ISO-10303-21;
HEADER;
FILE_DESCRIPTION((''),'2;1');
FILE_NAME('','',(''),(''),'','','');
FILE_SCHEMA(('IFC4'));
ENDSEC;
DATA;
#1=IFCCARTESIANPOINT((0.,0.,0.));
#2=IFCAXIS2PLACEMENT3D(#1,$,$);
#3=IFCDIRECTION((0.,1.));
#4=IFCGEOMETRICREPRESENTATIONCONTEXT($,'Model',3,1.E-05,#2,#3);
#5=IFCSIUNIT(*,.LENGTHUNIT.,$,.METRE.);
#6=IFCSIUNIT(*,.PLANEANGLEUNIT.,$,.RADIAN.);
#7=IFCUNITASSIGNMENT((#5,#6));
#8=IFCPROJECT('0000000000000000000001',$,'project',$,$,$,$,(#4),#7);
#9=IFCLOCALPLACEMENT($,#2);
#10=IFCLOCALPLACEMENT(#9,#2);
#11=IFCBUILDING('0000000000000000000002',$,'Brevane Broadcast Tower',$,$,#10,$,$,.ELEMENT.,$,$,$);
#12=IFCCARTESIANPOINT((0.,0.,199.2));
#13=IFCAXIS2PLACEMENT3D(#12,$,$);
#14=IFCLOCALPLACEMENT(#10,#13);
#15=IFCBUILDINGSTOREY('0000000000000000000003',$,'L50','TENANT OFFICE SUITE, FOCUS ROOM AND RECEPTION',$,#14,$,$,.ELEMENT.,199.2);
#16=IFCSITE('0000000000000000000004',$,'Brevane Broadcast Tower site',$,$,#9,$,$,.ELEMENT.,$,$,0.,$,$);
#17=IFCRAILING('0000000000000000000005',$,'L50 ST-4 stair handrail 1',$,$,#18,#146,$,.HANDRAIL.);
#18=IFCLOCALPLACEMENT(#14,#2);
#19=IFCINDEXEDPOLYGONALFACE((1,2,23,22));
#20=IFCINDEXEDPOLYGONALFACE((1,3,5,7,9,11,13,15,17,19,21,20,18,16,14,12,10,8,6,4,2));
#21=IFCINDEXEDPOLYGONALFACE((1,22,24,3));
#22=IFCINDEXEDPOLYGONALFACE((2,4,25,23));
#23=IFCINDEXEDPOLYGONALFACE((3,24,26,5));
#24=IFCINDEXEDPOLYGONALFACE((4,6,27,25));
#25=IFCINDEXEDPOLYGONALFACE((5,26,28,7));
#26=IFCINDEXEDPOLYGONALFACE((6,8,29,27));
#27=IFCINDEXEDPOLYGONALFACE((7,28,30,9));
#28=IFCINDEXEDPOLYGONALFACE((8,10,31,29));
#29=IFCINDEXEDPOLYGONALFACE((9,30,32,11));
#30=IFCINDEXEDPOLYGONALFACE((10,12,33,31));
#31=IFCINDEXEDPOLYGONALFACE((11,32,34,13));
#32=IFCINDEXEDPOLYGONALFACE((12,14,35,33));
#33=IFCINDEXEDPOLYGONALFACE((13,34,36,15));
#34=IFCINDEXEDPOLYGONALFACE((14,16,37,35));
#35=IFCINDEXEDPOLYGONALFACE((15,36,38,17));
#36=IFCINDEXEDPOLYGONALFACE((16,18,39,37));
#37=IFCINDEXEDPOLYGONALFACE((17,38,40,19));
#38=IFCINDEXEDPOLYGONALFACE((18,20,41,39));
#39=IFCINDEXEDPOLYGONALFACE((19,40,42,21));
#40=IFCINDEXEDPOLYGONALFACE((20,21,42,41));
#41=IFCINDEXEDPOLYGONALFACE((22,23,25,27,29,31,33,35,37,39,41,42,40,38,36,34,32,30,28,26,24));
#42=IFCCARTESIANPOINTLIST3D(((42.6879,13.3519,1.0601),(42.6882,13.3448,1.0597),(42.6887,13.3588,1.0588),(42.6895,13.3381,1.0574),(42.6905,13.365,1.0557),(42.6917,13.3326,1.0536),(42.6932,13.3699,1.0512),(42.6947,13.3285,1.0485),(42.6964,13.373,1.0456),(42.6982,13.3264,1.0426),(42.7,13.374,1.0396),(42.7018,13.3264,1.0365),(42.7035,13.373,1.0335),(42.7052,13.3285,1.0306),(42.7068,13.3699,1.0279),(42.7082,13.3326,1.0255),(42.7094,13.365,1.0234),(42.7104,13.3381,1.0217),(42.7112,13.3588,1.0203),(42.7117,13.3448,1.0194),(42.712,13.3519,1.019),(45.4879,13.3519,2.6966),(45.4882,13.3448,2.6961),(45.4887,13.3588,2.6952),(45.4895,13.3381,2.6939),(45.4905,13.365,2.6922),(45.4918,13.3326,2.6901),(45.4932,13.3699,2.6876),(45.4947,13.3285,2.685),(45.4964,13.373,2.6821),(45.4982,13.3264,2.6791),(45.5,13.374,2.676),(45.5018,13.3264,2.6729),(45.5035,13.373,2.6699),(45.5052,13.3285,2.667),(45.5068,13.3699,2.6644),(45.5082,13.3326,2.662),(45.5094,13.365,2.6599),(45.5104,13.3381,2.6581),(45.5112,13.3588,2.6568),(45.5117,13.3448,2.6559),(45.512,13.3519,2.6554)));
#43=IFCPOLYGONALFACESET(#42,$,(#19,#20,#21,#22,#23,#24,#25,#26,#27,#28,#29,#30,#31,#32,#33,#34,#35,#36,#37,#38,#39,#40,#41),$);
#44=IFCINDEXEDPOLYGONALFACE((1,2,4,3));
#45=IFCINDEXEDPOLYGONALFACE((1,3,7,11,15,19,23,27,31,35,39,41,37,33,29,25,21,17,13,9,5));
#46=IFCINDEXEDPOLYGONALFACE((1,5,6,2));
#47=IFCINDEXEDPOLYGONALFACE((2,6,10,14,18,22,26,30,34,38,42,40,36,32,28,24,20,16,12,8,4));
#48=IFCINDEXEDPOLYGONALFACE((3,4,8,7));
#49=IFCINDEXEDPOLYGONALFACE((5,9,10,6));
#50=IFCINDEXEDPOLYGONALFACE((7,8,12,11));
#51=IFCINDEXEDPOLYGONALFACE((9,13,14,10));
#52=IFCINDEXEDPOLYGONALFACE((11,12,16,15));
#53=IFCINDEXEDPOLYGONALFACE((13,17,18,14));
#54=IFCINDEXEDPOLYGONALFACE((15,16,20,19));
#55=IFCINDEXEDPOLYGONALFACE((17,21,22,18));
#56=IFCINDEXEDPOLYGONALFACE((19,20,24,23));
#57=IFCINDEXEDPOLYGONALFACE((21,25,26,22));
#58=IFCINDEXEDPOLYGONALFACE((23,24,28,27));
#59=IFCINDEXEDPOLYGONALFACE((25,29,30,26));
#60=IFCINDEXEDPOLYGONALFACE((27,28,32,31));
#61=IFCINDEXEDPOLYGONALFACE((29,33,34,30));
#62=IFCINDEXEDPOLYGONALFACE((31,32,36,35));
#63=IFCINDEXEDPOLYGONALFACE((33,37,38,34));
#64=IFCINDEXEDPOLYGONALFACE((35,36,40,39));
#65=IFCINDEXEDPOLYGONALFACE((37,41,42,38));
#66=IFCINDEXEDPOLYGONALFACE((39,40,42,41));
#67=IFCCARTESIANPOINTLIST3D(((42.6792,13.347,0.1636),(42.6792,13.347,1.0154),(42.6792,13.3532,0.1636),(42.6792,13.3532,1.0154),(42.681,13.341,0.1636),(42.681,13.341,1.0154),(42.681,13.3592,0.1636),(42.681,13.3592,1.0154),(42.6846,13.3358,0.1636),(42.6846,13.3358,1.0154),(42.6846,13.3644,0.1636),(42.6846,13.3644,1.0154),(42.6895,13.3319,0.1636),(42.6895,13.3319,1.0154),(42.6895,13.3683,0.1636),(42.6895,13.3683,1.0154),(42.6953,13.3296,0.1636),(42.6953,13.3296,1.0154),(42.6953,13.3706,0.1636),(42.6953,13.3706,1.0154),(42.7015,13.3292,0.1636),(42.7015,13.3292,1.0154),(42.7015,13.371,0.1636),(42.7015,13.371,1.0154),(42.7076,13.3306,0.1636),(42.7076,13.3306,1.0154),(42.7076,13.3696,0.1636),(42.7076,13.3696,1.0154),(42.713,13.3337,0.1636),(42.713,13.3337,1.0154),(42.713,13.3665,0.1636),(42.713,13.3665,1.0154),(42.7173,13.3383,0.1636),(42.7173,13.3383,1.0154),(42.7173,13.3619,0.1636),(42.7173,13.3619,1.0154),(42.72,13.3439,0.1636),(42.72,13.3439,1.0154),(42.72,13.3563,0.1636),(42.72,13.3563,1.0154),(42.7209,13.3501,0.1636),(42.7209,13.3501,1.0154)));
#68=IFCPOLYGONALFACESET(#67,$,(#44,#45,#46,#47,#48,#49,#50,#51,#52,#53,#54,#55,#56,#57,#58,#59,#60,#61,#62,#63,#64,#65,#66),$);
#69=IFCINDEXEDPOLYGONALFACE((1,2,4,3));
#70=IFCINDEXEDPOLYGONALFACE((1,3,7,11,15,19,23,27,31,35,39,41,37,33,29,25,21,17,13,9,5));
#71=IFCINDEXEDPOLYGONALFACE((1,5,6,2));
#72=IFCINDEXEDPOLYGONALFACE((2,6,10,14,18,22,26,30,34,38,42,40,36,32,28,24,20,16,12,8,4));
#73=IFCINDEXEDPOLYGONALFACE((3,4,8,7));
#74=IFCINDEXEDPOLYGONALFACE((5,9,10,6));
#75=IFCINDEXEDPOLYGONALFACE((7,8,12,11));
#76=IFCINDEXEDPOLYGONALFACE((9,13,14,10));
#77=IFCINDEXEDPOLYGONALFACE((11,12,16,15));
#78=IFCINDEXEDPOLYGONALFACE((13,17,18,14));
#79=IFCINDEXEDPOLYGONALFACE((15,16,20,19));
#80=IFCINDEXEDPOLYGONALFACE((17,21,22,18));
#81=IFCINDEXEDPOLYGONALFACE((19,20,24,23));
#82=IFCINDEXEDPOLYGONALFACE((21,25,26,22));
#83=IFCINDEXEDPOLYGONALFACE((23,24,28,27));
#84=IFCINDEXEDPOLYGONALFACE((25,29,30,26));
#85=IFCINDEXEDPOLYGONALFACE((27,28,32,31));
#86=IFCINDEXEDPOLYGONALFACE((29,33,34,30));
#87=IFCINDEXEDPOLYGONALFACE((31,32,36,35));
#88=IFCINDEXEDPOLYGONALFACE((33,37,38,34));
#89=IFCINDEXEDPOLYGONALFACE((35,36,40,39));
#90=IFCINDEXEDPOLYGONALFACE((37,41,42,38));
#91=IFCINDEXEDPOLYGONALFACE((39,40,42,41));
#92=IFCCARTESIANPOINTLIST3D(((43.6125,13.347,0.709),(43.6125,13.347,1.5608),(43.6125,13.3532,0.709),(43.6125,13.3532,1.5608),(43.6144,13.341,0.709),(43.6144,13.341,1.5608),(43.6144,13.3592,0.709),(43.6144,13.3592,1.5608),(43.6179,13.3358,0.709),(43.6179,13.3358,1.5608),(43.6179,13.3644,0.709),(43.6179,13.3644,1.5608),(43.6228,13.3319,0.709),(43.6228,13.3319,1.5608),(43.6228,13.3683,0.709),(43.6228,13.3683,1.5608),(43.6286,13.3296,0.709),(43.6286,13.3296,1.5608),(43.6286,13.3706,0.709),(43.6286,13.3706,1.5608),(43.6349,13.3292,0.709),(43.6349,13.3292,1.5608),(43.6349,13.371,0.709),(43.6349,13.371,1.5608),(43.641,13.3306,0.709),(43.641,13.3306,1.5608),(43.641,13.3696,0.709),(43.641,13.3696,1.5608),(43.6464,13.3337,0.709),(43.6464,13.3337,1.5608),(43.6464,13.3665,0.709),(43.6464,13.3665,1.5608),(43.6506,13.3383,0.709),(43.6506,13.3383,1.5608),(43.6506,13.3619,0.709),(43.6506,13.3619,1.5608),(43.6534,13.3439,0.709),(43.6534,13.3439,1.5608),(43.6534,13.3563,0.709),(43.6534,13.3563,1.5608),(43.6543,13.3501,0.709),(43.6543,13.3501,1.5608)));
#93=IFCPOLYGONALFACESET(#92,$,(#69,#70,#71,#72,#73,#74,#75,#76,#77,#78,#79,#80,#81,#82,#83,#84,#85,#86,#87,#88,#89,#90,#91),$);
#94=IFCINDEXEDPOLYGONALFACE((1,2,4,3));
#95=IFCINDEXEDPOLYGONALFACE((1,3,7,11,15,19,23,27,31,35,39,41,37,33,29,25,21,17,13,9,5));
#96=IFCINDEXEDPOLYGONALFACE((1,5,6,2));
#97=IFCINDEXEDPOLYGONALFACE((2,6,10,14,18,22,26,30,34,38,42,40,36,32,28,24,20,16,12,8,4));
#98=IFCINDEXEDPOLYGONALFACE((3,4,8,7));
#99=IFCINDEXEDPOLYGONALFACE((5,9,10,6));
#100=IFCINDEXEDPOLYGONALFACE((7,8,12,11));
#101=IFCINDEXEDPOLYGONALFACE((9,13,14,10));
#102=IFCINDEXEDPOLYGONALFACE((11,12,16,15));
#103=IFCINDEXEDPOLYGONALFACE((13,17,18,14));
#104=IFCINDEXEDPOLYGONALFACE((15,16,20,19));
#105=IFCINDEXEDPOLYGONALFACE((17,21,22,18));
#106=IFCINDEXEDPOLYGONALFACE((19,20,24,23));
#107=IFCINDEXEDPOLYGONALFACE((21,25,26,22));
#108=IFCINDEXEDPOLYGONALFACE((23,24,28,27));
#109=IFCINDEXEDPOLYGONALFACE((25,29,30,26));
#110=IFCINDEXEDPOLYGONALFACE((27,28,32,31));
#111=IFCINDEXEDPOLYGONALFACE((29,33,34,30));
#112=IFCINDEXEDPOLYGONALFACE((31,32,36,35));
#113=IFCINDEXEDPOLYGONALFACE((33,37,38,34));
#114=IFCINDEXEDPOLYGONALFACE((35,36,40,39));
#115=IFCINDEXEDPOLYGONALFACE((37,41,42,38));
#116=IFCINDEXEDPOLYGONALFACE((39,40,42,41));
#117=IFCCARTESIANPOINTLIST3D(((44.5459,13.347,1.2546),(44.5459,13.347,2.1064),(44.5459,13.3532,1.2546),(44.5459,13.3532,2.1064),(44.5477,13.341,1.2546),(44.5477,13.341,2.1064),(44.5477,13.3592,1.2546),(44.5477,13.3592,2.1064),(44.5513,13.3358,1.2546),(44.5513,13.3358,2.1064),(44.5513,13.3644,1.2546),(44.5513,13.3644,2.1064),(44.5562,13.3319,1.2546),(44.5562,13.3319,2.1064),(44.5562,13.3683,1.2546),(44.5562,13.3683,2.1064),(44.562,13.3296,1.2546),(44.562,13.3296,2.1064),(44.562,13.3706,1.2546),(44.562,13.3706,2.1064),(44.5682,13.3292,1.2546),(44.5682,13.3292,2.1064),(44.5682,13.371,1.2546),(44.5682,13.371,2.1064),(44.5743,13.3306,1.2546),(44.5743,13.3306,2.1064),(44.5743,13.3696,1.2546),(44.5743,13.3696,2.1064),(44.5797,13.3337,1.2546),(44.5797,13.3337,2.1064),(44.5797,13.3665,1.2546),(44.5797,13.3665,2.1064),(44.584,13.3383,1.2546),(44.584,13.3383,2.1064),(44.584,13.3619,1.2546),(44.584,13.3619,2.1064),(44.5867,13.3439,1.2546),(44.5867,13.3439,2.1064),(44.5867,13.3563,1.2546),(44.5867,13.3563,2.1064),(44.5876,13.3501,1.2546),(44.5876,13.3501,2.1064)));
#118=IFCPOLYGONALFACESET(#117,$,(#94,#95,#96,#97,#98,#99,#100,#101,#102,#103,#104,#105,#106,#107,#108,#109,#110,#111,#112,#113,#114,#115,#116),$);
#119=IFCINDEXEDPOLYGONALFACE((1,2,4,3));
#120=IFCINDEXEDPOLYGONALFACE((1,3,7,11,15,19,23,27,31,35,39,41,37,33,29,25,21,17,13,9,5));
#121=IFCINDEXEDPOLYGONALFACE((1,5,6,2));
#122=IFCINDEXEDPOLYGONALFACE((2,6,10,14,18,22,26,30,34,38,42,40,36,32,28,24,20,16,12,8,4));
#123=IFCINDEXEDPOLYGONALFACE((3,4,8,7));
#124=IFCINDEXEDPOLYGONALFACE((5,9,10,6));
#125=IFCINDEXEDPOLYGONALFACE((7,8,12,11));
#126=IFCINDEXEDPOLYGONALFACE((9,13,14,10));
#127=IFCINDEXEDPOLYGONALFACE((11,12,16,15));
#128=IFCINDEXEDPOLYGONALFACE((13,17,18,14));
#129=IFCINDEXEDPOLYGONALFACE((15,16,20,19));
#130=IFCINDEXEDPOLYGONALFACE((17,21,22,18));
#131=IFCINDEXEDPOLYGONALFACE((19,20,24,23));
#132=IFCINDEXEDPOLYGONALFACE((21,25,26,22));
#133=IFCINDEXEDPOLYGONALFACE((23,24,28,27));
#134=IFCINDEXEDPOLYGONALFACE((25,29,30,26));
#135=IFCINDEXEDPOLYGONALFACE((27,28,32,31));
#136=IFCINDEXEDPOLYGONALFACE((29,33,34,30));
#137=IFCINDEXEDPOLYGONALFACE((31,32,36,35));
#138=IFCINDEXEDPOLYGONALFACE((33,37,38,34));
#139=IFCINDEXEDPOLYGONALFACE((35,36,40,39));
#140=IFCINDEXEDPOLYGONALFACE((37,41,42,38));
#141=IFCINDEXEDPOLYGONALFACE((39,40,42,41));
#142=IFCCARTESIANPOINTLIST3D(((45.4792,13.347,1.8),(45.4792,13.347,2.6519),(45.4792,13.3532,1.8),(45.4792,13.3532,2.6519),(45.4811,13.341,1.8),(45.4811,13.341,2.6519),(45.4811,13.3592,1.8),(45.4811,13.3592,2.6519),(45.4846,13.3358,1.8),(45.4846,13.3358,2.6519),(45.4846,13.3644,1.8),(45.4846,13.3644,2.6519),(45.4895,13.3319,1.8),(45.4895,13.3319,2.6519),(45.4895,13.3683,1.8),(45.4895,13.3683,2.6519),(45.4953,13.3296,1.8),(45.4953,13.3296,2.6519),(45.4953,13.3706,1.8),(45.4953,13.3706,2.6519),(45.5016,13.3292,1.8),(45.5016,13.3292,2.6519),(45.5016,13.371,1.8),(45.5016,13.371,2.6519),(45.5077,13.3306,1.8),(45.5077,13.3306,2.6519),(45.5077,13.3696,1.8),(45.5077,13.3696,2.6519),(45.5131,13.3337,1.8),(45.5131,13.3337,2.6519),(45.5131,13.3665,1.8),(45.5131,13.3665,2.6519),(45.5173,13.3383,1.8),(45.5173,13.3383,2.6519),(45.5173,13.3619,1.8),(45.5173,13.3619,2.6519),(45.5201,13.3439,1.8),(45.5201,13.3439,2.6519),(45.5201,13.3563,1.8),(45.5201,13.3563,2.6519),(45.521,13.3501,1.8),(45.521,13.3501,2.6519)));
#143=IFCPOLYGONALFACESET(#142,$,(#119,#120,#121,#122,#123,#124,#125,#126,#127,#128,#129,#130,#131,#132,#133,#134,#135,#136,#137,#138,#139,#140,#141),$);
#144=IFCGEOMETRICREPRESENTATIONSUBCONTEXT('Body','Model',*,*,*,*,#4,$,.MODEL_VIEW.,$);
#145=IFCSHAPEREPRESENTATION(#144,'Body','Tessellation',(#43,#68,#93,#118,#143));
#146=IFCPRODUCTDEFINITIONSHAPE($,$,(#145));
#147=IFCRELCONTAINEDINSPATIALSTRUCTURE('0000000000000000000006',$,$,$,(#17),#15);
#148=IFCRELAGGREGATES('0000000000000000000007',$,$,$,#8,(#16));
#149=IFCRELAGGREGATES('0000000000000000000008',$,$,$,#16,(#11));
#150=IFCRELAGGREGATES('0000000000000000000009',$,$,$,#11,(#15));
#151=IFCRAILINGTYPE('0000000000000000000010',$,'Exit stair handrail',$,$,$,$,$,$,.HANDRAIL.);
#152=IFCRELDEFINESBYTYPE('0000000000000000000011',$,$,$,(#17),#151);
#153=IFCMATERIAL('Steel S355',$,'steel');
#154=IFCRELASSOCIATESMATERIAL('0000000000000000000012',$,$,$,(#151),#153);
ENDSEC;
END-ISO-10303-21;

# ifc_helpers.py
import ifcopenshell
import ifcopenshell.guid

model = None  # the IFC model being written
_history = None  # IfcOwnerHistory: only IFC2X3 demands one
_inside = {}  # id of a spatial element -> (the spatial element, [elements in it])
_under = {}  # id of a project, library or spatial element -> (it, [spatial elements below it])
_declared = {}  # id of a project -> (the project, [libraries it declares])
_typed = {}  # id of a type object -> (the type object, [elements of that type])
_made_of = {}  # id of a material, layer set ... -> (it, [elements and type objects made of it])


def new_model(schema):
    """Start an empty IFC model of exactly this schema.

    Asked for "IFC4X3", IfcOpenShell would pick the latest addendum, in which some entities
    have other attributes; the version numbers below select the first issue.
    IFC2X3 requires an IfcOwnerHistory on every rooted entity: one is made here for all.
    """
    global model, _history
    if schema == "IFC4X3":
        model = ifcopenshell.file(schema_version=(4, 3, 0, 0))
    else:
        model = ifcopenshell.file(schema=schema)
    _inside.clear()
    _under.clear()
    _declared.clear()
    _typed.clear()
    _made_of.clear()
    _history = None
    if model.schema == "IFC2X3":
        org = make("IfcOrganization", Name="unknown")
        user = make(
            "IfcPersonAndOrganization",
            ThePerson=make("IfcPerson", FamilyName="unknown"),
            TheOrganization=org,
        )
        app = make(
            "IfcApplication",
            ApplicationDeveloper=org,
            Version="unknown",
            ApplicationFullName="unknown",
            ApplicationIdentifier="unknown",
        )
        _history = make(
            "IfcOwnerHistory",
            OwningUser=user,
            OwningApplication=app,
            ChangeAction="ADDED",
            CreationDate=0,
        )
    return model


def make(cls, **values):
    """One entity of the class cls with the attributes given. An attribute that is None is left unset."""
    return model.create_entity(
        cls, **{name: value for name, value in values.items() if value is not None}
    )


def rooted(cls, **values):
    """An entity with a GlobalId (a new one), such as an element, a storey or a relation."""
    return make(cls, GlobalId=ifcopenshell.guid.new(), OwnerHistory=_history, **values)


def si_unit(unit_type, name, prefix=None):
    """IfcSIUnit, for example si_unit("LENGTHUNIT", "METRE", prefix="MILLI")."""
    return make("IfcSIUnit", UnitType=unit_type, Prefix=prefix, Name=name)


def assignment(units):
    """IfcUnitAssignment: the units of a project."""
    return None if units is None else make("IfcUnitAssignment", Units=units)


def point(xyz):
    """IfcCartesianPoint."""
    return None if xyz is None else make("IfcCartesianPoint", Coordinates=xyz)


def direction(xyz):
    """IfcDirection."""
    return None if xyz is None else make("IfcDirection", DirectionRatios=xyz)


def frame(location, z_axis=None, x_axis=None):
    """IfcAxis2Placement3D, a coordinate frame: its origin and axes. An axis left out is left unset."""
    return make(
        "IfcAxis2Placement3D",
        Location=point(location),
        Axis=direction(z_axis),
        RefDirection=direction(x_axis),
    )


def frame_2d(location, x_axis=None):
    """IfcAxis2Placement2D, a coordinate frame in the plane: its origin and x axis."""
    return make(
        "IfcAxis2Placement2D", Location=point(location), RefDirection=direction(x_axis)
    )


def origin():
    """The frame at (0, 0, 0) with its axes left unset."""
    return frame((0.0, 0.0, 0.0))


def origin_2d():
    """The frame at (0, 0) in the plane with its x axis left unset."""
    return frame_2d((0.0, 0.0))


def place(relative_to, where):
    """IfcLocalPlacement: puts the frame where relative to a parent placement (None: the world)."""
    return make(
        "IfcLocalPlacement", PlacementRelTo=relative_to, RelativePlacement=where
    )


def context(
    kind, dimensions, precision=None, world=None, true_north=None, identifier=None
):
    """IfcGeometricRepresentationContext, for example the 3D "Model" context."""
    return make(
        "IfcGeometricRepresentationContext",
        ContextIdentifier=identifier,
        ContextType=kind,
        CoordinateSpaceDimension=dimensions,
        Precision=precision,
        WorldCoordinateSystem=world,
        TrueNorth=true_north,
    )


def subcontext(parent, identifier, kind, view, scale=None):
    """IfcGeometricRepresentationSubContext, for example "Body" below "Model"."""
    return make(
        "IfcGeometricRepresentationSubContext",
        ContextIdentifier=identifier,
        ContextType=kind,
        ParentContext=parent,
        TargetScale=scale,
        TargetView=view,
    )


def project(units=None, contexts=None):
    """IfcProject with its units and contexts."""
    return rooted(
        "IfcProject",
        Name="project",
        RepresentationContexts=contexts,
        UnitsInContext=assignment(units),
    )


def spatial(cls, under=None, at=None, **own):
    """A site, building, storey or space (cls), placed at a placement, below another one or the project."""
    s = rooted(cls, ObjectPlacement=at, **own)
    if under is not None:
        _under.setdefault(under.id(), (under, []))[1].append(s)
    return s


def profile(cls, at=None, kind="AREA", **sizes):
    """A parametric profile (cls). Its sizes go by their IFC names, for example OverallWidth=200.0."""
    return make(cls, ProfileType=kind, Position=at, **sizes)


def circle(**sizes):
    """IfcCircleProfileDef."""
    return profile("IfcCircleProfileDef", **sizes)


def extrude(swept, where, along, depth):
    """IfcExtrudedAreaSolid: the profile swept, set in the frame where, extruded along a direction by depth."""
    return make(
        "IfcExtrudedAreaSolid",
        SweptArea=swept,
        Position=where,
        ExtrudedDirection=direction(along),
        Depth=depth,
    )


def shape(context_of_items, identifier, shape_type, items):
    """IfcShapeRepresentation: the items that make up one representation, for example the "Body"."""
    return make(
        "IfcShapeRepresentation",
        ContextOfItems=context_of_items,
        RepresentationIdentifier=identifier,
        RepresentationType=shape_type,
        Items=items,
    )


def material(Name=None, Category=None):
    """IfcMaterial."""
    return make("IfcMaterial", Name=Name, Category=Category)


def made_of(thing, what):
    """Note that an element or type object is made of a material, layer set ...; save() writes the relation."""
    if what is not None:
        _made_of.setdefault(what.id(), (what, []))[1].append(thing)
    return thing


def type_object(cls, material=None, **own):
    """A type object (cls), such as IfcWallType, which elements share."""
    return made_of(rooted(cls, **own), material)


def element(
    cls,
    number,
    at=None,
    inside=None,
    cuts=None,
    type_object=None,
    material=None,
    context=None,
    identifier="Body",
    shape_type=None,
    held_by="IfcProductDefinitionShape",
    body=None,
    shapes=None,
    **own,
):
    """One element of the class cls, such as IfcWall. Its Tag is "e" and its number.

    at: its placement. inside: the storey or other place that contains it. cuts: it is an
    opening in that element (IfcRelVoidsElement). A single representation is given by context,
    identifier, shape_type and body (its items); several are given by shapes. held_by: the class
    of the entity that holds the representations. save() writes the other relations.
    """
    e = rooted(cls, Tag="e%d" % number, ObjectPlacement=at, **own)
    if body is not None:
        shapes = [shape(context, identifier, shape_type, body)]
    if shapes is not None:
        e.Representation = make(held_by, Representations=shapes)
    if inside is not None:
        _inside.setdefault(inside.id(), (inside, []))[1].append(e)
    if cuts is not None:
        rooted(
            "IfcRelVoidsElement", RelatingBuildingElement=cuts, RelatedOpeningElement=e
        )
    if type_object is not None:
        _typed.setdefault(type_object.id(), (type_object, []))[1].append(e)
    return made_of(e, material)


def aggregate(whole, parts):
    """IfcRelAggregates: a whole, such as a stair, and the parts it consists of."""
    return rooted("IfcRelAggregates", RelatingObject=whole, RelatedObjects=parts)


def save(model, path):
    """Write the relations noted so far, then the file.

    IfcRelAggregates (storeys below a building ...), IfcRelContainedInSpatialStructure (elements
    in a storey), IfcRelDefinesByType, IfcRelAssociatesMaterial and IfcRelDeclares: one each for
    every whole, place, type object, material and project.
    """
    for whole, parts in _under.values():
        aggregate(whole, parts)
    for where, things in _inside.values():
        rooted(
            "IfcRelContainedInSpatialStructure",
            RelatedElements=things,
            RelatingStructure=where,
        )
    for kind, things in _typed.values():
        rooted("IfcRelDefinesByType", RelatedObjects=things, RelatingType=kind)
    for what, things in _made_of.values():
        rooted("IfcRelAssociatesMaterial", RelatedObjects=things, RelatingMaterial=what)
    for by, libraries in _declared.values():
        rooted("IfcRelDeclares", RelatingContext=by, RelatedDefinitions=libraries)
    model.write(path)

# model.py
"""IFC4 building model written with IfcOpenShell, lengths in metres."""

from ifc_helpers import new_model, si_unit, direction, frame, origin, origin_2d, place, context, subcontext, project, spatial, circle, extrude, material, type_object, element, save


model = new_model("IFC4")

# Units and contexts
model_context = context("Model", 3, precision=1e-05, world=origin(), true_north=direction((0.0, 1.0)))
body_context = subcontext(model_context, "Body", "Model", "MODEL_VIEW")
ifc_project = project(units=[si_unit("LENGTHUNIT", "METRE"), si_unit("PLANEANGLEUNIT", "RADIAN")], contexts=[model_context])

# Site, building, storey
site_placement = place(None, origin())
site = spatial("IfcSite", under=ifc_project, at=site_placement, Name="Brevane Broadcast Tower site", CompositionType="ELEMENT", RefElevation=0.0)
building_placement = place(site_placement, origin())
building = spatial("IfcBuilding", under=site, at=building_placement, Name="Brevane Broadcast Tower", CompositionType="ELEMENT")
storey_placement = place(building_placement, frame((0.0, 0.0, 199.2)))
storey = spatial("IfcBuildingStorey", under=building, at=storey_placement, Name="L50", Description="TENANT OFFICE SUITE, FOCUS ROOM AND RECEPTION", CompositionType="ELEMENT", Elevation=199.2)

# Railing
ifc_material_1 = material(Name="Steel S355", Category="steel")
railing_type_1 = type_object("IfcRailingType", Name="Exit stair handrail", PredefinedType="HANDRAIL", material=ifc_material_1)
railing_1_placement = place(storey_placement, frame((42.7, 13.3501, 0.1636)))
element("IfcRailing", 1, at=railing_1_placement, inside=storey, type_object=railing_type_1, Name="L50 ST-4 stair handrail 1", PredefinedType="HANDRAIL", context=body_context, shape_type="SweptSolid", body=[
    extrude(circle(Radius=0.0239, at=origin_2d()), frame((0.0, 0.0, 0.876), z_axis=(0.863361, 0.0, 0.504587), x_axis=(0.0, 1.0, 0.0)), (0.0, 0.0, 1.0), 3.2432),
    extrude(circle(Radius=0.021, at=origin_2d()), origin(), (0.0, 0.0, 1.0), 0.8518),
    extrude(circle(Radius=0.021, at=origin_2d()), frame((0.9333, 0.0, 0.5454)), (0.0, 0.0, 1.0), 0.8518),
    extrude(circle(Radius=0.021, at=origin_2d()), frame((1.8667, 0.0, 1.0911)), (0.0, 0.0, 1.0), 0.8518),
    extrude(circle(Radius=0.021, at=origin_2d()), frame((2.8, 0.0, 1.6365)), (0.0, 0.0, 1.0), 0.8518),
])

save(model, "model.ifc")
